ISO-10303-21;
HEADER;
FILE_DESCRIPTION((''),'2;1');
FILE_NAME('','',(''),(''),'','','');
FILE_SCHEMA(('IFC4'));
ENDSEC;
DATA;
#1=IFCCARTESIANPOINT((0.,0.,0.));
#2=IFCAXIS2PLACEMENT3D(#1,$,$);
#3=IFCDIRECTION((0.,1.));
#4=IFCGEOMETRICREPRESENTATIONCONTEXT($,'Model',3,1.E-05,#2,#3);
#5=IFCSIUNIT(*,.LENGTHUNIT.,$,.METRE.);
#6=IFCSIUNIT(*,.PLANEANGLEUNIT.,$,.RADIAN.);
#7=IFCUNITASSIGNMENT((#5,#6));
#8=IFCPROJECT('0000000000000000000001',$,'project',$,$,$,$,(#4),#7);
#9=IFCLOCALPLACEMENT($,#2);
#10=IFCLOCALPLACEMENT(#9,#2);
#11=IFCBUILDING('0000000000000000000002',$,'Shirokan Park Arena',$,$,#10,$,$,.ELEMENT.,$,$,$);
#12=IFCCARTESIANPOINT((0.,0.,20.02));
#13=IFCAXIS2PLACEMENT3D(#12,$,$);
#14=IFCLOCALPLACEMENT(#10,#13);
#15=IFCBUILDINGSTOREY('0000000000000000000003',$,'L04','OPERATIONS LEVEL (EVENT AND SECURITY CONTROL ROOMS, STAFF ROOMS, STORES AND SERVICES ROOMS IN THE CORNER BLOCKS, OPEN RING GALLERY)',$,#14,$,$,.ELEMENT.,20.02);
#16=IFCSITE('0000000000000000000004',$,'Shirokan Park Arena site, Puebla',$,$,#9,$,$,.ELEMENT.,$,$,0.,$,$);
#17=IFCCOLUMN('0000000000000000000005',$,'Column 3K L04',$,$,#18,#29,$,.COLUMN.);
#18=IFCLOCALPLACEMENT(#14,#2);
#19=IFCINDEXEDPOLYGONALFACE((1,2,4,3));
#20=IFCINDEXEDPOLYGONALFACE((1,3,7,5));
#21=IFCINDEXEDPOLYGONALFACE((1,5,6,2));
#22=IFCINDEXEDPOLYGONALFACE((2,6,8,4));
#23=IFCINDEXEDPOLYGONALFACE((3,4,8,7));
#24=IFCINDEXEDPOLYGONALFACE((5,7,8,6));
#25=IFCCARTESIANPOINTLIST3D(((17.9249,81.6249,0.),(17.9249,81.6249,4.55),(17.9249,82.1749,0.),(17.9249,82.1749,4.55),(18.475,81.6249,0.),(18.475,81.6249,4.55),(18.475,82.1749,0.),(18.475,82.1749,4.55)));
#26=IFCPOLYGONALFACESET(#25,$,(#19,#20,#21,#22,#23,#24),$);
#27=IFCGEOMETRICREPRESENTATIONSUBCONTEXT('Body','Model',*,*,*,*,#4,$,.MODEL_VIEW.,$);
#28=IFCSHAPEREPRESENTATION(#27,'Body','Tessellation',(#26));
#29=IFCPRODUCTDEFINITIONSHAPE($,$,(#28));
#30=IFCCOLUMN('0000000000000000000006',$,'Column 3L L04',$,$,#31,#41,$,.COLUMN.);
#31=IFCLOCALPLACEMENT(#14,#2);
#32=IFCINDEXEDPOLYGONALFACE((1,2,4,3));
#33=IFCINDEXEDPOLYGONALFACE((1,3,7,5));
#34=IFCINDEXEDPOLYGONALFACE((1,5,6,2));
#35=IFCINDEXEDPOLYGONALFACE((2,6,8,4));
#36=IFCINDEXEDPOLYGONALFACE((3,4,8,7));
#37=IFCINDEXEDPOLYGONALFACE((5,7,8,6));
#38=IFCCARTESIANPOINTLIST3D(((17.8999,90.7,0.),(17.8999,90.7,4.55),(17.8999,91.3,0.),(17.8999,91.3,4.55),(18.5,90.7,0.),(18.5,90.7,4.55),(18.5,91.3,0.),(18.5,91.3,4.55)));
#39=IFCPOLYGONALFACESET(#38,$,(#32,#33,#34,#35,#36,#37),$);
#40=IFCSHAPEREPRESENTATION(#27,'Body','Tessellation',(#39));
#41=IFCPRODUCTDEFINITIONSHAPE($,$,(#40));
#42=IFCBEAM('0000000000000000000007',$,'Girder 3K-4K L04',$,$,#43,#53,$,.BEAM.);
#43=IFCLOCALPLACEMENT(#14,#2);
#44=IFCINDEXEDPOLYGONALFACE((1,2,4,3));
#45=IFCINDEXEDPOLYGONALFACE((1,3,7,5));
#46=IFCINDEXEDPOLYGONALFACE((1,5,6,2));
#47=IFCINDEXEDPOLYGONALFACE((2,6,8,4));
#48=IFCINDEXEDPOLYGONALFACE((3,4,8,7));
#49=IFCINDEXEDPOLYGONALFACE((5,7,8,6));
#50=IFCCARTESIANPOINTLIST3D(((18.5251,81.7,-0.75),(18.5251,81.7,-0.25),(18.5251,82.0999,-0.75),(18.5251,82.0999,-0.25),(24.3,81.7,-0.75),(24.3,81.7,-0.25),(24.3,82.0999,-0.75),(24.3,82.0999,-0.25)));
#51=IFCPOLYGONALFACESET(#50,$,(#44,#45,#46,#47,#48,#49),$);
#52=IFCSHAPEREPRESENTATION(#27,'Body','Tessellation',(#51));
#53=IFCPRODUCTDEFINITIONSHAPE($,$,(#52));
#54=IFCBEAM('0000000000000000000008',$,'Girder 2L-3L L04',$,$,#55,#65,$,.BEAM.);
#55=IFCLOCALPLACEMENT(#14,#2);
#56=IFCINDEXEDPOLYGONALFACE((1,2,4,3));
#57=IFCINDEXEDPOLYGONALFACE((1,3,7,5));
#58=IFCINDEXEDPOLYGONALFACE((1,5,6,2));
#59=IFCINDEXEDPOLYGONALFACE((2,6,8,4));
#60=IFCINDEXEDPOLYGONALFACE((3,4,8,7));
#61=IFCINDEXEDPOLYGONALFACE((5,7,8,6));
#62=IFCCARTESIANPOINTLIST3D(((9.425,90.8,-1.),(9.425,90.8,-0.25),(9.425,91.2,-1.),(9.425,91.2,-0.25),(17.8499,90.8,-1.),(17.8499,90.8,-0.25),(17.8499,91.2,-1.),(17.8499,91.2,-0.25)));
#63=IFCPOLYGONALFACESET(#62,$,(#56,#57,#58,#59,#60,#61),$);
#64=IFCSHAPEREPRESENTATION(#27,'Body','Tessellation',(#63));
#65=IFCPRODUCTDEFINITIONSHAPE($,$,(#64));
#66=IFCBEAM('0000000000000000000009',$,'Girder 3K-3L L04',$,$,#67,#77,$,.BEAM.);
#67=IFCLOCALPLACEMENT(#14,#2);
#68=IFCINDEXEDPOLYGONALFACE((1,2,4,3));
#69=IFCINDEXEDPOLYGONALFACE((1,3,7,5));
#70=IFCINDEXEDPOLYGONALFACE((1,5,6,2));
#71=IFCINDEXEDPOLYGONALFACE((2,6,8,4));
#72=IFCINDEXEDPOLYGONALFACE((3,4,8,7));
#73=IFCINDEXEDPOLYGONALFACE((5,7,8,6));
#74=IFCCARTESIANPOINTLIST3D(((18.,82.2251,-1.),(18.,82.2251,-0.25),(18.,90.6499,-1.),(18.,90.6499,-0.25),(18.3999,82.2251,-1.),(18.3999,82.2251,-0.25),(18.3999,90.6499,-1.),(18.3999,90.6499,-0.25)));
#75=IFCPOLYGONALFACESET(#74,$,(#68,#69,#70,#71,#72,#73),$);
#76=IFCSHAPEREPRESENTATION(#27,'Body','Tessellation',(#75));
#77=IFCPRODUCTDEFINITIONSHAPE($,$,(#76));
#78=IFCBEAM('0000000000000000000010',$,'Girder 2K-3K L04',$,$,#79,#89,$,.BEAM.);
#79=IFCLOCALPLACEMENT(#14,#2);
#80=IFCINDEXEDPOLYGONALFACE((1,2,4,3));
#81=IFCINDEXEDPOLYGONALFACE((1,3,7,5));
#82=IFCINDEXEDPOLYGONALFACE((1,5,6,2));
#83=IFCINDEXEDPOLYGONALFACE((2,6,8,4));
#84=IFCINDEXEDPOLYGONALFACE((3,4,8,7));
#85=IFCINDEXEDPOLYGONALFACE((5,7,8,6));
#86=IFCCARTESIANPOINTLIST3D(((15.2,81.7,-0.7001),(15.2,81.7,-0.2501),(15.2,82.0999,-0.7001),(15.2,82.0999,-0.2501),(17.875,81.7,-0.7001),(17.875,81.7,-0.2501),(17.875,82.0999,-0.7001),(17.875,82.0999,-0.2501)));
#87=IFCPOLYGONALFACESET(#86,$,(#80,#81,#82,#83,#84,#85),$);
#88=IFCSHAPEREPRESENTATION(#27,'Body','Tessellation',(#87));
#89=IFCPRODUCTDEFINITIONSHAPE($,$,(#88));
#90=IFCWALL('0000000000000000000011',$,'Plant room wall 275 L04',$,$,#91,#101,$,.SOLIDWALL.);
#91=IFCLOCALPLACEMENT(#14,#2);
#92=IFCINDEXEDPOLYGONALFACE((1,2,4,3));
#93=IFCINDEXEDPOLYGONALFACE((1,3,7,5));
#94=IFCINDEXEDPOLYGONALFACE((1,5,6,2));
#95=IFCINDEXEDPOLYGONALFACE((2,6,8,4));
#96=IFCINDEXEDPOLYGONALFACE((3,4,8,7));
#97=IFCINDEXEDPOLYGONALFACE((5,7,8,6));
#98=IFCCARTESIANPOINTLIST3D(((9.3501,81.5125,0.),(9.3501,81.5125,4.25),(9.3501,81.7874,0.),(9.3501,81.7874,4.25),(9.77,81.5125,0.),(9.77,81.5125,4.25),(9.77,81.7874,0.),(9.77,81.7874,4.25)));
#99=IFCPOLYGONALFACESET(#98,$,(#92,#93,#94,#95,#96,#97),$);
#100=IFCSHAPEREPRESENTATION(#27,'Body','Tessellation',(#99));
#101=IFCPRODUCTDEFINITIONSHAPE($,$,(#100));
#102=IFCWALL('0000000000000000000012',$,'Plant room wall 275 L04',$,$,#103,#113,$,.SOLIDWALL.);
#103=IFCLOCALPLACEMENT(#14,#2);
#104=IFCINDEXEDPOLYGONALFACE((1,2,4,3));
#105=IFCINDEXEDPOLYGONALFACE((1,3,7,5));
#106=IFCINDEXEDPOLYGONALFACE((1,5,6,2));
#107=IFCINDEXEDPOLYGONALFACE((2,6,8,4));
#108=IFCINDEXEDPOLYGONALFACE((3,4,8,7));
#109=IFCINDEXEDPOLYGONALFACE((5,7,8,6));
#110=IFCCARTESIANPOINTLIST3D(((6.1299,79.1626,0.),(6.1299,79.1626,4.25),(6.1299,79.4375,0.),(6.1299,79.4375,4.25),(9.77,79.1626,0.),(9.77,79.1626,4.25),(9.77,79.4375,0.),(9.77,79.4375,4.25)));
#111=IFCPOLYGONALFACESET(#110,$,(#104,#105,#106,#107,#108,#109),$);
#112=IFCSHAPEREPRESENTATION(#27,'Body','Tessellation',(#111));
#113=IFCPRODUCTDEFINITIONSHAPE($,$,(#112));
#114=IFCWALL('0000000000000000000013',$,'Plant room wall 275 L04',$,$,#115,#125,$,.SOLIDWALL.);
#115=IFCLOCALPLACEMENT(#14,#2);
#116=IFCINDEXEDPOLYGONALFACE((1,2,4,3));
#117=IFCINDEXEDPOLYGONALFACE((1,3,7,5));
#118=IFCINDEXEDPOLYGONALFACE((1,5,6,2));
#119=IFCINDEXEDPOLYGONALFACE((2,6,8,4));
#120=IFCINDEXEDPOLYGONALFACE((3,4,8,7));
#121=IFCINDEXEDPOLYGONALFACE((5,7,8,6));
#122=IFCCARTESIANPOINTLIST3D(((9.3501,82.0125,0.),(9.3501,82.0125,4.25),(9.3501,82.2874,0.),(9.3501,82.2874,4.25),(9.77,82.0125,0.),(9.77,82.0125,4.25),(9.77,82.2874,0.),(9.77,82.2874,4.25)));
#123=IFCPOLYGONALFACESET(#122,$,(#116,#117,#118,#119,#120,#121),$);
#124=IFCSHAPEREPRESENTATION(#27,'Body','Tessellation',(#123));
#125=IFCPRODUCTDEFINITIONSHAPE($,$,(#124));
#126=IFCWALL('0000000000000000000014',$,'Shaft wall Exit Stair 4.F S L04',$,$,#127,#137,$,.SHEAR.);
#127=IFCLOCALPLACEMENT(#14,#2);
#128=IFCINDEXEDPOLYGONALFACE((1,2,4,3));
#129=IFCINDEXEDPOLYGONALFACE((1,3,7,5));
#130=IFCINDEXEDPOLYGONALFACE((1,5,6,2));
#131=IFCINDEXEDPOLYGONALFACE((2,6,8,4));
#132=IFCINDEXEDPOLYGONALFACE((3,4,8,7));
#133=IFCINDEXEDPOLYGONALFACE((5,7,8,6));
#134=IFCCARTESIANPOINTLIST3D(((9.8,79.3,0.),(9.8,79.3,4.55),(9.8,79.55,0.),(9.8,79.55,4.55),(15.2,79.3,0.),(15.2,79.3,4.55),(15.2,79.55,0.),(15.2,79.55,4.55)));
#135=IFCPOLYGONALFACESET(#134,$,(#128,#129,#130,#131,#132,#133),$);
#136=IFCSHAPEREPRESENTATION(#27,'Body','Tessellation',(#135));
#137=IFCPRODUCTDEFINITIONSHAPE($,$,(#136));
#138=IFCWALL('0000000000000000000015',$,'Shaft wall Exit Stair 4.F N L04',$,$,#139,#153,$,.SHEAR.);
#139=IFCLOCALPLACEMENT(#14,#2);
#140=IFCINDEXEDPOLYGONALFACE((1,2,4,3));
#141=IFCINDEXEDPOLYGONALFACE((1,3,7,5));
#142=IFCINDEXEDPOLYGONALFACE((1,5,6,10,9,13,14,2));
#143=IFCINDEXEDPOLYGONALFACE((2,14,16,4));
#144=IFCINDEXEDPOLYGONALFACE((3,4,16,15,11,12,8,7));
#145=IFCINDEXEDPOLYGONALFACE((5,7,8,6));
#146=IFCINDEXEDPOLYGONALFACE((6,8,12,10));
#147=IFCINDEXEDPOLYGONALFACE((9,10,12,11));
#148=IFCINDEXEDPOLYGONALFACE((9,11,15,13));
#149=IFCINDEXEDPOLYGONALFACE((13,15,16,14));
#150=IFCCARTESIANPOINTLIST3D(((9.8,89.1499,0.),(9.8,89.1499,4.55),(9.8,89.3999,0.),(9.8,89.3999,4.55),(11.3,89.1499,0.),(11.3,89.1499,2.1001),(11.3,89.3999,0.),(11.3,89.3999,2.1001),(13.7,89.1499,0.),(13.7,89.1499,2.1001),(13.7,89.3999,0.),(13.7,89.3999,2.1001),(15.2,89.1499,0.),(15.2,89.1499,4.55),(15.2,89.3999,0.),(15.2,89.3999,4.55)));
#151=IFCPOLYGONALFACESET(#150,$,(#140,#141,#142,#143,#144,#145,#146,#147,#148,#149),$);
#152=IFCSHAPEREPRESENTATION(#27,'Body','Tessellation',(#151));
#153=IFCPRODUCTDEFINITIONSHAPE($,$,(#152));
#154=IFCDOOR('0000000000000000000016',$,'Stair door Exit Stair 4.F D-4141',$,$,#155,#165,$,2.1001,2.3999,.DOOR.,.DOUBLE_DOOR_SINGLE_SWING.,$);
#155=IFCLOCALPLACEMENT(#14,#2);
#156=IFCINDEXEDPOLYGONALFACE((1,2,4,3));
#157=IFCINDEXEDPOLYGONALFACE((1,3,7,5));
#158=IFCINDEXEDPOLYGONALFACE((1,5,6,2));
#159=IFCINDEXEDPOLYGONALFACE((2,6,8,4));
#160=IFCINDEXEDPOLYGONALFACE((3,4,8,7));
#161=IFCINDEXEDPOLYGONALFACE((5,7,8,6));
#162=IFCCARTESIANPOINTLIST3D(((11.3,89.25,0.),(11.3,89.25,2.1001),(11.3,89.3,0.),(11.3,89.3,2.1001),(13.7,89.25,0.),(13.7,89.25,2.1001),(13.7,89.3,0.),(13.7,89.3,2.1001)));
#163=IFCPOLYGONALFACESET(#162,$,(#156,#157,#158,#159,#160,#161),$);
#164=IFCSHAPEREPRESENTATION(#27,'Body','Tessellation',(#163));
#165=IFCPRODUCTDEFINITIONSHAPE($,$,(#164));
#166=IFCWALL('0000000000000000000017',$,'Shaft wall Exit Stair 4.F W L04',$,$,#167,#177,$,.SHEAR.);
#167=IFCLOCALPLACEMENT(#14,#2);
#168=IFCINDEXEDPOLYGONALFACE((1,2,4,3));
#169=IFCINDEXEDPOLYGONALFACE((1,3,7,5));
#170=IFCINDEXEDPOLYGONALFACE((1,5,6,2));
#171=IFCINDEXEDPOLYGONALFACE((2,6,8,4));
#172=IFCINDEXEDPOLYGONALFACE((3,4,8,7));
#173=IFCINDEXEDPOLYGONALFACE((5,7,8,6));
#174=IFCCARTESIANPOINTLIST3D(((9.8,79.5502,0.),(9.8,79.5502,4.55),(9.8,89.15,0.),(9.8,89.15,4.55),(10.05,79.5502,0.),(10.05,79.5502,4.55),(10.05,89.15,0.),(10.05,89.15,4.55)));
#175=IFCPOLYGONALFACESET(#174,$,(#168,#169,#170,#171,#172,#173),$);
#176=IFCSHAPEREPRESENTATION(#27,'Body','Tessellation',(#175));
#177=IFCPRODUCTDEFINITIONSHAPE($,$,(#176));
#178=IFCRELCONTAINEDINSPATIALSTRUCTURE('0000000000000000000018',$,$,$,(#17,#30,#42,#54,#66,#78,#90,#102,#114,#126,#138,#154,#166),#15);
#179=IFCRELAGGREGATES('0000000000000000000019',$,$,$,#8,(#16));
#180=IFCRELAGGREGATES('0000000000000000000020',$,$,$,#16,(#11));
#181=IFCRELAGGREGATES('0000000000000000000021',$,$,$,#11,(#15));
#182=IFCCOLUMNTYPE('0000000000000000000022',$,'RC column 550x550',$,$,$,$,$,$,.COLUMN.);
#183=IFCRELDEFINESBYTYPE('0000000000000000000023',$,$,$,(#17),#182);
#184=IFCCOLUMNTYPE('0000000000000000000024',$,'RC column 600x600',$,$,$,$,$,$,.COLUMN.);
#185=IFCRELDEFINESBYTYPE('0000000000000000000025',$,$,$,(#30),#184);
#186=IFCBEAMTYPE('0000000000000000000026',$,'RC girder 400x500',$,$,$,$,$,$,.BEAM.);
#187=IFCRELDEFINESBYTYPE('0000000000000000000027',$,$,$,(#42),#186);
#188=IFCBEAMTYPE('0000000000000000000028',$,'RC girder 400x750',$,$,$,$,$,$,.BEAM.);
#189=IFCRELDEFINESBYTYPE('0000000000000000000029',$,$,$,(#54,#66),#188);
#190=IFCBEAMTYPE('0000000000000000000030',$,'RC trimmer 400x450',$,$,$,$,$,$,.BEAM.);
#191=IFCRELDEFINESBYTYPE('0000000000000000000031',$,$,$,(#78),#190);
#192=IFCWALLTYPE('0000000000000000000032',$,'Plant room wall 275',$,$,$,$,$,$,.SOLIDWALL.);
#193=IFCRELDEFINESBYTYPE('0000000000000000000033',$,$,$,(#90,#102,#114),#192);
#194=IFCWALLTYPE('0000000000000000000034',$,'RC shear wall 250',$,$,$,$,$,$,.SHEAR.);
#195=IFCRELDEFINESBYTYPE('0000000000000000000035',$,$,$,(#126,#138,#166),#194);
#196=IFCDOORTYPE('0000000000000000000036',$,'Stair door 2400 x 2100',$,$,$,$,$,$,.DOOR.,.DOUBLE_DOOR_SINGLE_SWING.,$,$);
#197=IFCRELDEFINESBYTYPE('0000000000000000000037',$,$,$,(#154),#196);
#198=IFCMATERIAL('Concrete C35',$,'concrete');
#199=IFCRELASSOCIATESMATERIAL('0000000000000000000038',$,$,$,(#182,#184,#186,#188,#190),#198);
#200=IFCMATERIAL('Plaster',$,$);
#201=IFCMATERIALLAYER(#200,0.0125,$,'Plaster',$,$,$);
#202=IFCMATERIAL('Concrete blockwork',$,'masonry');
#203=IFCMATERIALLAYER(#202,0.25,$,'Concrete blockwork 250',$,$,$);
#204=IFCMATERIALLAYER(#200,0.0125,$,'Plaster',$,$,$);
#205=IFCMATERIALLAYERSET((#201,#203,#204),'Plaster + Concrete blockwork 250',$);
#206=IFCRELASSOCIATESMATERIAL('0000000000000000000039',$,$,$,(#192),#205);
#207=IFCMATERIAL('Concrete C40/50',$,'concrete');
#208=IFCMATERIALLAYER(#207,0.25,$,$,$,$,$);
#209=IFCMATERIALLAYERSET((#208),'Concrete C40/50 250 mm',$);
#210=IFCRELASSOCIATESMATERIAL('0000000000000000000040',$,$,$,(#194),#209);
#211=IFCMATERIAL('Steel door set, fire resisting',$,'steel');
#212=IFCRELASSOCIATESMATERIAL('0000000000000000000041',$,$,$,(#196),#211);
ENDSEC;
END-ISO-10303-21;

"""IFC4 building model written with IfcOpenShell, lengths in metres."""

from ifc_helpers import new_model, si_unit, direction, frame, frame_2d, origin, origin_2d, place, context, subcontext, project, spatial, rectangle, extrude, material, layer, layer_set, material_profile, profile_set, type_object, element, fill, save


model = new_model("IFC4")

# Units and contexts
model_context = context("Model", 3, precision=1e-05, world=origin(), true_north=direction((0.0, 1.0)))
body_context = subcontext(model_context, "Body", "Model", "MODEL_VIEW")
ifc_project = project(units=[si_unit("LENGTHUNIT", "METRE"), si_unit("PLANEANGLEUNIT", "RADIAN")], contexts=[model_context])

# Site, building, storey
site_placement = place(None, origin())
site = spatial("IfcSite", under=ifc_project, at=site_placement, Name="Shirokan Park Arena site, Puebla", CompositionType="ELEMENT", RefElevation=0.0)
building_placement = place(site_placement, origin())
building = spatial("IfcBuilding", under=site, at=building_placement, Name="Shirokan Park Arena", CompositionType="ELEMENT")
storey_placement = place(building_placement, frame((0.0, 0.0, 20.02)))
storey = spatial("IfcBuildingStorey", under=building, at=storey_placement, Name="L04", Description="OPERATIONS LEVEL (EVENT AND SECURITY CONTROL ROOMS, STAFF ROOMS, STORES AND SERVICES ROOMS IN THE CORNER BLOCKS, OPEN RING GALLERY)", CompositionType="ELEMENT", Elevation=20.02)

# Columns
ifc_material_1 = material(Name="Concrete C35", Category="concrete")
ifc_material_profile_1 = material_profile(ifc_material_1, rectangle(XDim=0.55, YDim=0.55, at=origin_2d()), Name="550x550")
ifc_profile_set_1 = profile_set([ifc_material_profile_1], Name="Concrete C35")
column_type_1 = type_object("IfcColumnType", Name="RC column 550x550", PredefinedType="COLUMN", material=ifc_profile_set_1)
column_1_placement = place(storey_placement, frame((18.2, 81.8999, 0.0), z_axis=(0.0, 0.0, 1.0), x_axis=(1.0, 0.0, 0.0)))
element("IfcColumn", 1, at=column_1_placement, inside=storey, type_object=column_type_1, Name="Column 3K L04", PredefinedType="COLUMN", context=body_context, shape_type="SweptSolid", body=[
    extrude(rectangle(XDim=0.55, YDim=0.55, at=origin_2d()), origin(), (0.0, 0.0, 1.0), 4.55),
])
ifc_material_profile_2 = material_profile(ifc_material_1, rectangle(XDim=0.6001, YDim=0.6001, at=origin_2d()), Name="600x600")
ifc_profile_set_2 = profile_set([ifc_material_profile_2], Name="Concrete C35")
column_type_2 = type_object("IfcColumnType", Name="RC column 600x600", PredefinedType="COLUMN", material=ifc_profile_set_2)
column_2_placement = place(storey_placement, frame((18.2, 91.0, 0.0), z_axis=(0.0, 0.0, 1.0), x_axis=(1.0, 0.0, 0.0)))
element("IfcColumn", 2, at=column_2_placement, inside=storey, type_object=column_type_2, Name="Column 3L L04", PredefinedType="COLUMN", context=body_context, shape_type="SweptSolid", body=[
    extrude(rectangle(XDim=0.6001, YDim=0.6001, at=origin_2d()), origin(), (0.0, 0.0, 1.0), 4.55),
])

# Beams
ifc_material_profile_3 = material_profile(ifc_material_1, rectangle(XDim=0.3999, YDim=0.5, at=origin_2d()), Name="400x500")
ifc_profile_set_3 = profile_set([ifc_material_profile_3], Name="Concrete C35")
beam_type_1 = type_object("IfcBeamType", Name="RC girder 400x500", PredefinedType="BEAM", material=ifc_profile_set_3)
beam_1_placement = place(storey_placement, frame((18.5251, 81.8999, -0.5), z_axis=(1.0, 0.0, 0.0), x_axis=(0.0, 1.0, 0.0)))
element("IfcBeam", 3, at=beam_1_placement, inside=storey, type_object=beam_type_1, Name="Girder 3K-4K L04", PredefinedType="BEAM", context=body_context, shape_type="SweptSolid", body=[
    extrude(rectangle(XDim=0.3999, YDim=0.5, at=origin_2d()), origin(), (0.0, 0.0, 1.0), 5.7749),
])
ifc_material_profile_4 = material_profile(ifc_material_1, rectangle(XDim=0.3999, YDim=0.75, at=origin_2d()), Name="400x750")
ifc_profile_set_4 = profile_set([ifc_material_profile_4], Name="Concrete C35")
beam_type_2 = type_object("IfcBeamType", Name="RC girder 400x750", PredefinedType="BEAM", material=ifc_profile_set_4)
for number, where, z_axis, x_axis, name in (
    (4, (9.425, 91.0, -0.625), (1.0, 0.0, 0.0), (0.0, 1.0, 0.0), "Girder 2L-3L L04"),
    (5, (18.2, 82.2251, -0.625), (0.0, 1.0, 0.0), (-1.0, 0.0, 0.0), "Girder 3K-3L L04"),
):
    element("IfcBeam", number, at=place(storey_placement, frame(where, z_axis=z_axis, x_axis=x_axis)), inside=storey, type_object=beam_type_2, Name=name, PredefinedType="BEAM", context=body_context, shape_type="SweptSolid", body=[
        extrude(rectangle(XDim=0.3999, YDim=0.75, at=origin_2d()), origin(), (0.0, 0.0, 1.0), 8.4248),
    ])
ifc_material_profile_5 = material_profile(ifc_material_1, rectangle(XDim=0.3999, YDim=0.45, at=origin_2d()), Name="400x450")
ifc_profile_set_5 = profile_set([ifc_material_profile_5], Name="Concrete C35")
beam_type_3 = type_object("IfcBeamType", Name="RC trimmer 400x450", PredefinedType="BEAM", material=ifc_profile_set_5)
beam_2_placement = place(storey_placement, frame((15.2, 81.8999, -0.4751), z_axis=(1.0, 0.0, 0.0), x_axis=(0.0, 1.0, 0.0)))
element("IfcBeam", 6, at=beam_2_placement, inside=storey, type_object=beam_type_3, Name="Girder 2K-3K L04", PredefinedType="BEAM", context=body_context, shape_type="SweptSolid", body=[
    extrude(rectangle(XDim=0.3999, YDim=0.45, at=origin_2d()), origin(), (0.0, 0.0, 1.0), 2.675),
])

# Shared definitions
ifc_material_2 = material(Name="Steel door set, fire resisting", Category="steel")

# Walls
ifc_material_3 = material(Name="Plaster")
ifc_layer_1 = layer(ifc_material_3, 0.0125, Name="Plaster")
ifc_material_4 = material(Name="Concrete blockwork", Category="masonry")
ifc_layer_2 = layer(ifc_material_4, 0.25, Name="Concrete blockwork 250")
ifc_layer_3 = layer(ifc_material_3, 0.0125, Name="Plaster")
ifc_layer_set_1 = layer_set([ifc_layer_1, ifc_layer_2, ifc_layer_3], Name="Plaster + Concrete blockwork 250")
wall_type_1 = type_object("IfcWallType", Name="Plant room wall 275", PredefinedType="SOLIDWALL", material=ifc_layer_set_1)
wall_1_placement = place(storey_placement, frame((9.3501, 81.6499, 0.0), z_axis=(0.0, 0.0, 1.0), x_axis=(1.0, 0.0, 0.0)))
element("IfcWall", 7, at=wall_1_placement, inside=storey, type_object=wall_type_1, Name="Plant room wall 275 L04", PredefinedType="SOLIDWALL", context=body_context, shape_type="SweptSolid", body=[
    extrude(rectangle(XDim=0.4199, YDim=0.2749, at=frame_2d((0.21, 0.0))), origin(), (0.0, 0.0, 1.0), 4.25),
])
wall_2_placement = place(storey_placement, frame((9.77, 79.3, 0.0), z_axis=(0.0, 0.0, 1.0), x_axis=(-1.0, 0.0, 0.0)))
element("IfcWall", 8, at=wall_2_placement, inside=storey, type_object=wall_type_1, Name="Plant room wall 275 L04", PredefinedType="SOLIDWALL", context=body_context, shape_type="SweptSolid", body=[
    extrude(rectangle(XDim=3.6401, YDim=0.2749, at=frame_2d((1.8201, 0.0))), origin(), (0.0, 0.0, 1.0), 4.25),
])
wall_3_placement = place(storey_placement, frame((9.77, 82.1499, 0.0), z_axis=(0.0, 0.0, 1.0), x_axis=(-1.0, 0.0, 0.0)))
element("IfcWall", 9, at=wall_3_placement, inside=storey, type_object=wall_type_1, Name="Plant room wall 275 L04", PredefinedType="SOLIDWALL", context=body_context, shape_type="SweptSolid", body=[
    extrude(rectangle(XDim=0.4199, YDim=0.2749, at=frame_2d((0.21, 0.0))), origin(), (0.0, 0.0, 1.0), 4.25),
])
ifc_material_5 = material(Name="Concrete C40/50", Category="concrete")
ifc_layer_4 = layer(ifc_material_5, 0.25)
ifc_layer_set_2 = layer_set([ifc_layer_4], Name="Concrete C40/50 250 mm")
wall_type_2 = type_object("IfcWallType", Name="RC shear wall 250", PredefinedType="SHEAR", material=ifc_layer_set_2)
wall_4_placement = place(storey_placement, frame((15.2, 79.425, 0.0), z_axis=(0.0, 0.0, 1.0), x_axis=(-1.0, 0.0, 0.0)))
element("IfcWall", 10, at=wall_4_placement, inside=storey, type_object=wall_type_2, Name="Shaft wall Exit Stair 4.F S L04", PredefinedType="SHEAR", context=body_context, shape_type="SweptSolid", body=[
    extrude(rectangle(XDim=5.3999, YDim=0.25, at=frame_2d((2.7, 0.0))), origin(), (0.0, 0.0, 1.0), 4.55),
])

# Wall, opening, door
wall_5_placement = place(storey_placement, frame((15.2, 89.2749, 0.0), z_axis=(0.0, 0.0, 1.0), x_axis=(-1.0, 0.0, 0.0)))
wall_5 = element("IfcWall", 11, at=wall_5_placement, inside=storey, type_object=wall_type_2, Name="Shaft wall Exit Stair 4.F N L04", PredefinedType="SHEAR", context=body_context, shape_type="SweptSolid", body=[
    extrude(rectangle(XDim=5.3999, YDim=0.25, at=frame_2d((2.7, 0.0))), origin(), (0.0, 0.0, 1.0), 4.55),
])
opening_1_placement = place(wall_5_placement, frame((1.5, 0.0, 0.0)))
opening_1 = element("IfcOpeningElement", 12, at=opening_1_placement, cuts=wall_5, PredefinedType="OPENING", context=body_context, shape_type="SweptSolid", body=[
    extrude(rectangle(XDim=2.3999, YDim=2.1001, at=frame_2d((1.2, 1.05))), frame((0.0, 0.135, 0.0), z_axis=(0.0, -1.0, 0.0), x_axis=(1.0, 0.0, 0.0)), (0.0, 0.0, 1.0), 0.27),
])
door_type_1 = type_object("IfcDoorType", Name="Stair door 2400 x 2100", OperationType="DOUBLE_DOOR_SINGLE_SWING", PredefinedType="DOOR", material=ifc_material_2)
door_1_placement = place(opening_1_placement, origin())
door_1 = element("IfcDoor", 13, at=door_1_placement, inside=storey, type_object=door_type_1, Name="Stair door Exit Stair 4.F D-4141", OperationType="DOUBLE_DOOR_SINGLE_SWING", OverallHeight=2.1001, OverallWidth=2.3999, PredefinedType="DOOR", context=body_context, shape_type="SweptSolid", body=[
    extrude(rectangle(XDim=2.3999, YDim=2.1001, at=frame_2d((1.2, 1.05))), frame((0.0, 0.0249, 0.0), z_axis=(0.0, -1.0, 0.0), x_axis=(1.0, 0.0, 0.0)), (0.0, 0.0, 1.0), 0.05),
])
fill(opening_1, door_1)

# Wall
for number, where, z_axis, x_axis, name in (
    (14, (9.925, 89.1499, 0.0), (0.0, 0.0, 1.0), (0.0, -1.0, 0.0), "Shaft wall Exit Stair 4.F W L04"),
):
    element("IfcWall", number, at=place(storey_placement, frame(where, z_axis=z_axis, x_axis=x_axis)), inside=storey, type_object=wall_type_2, Name=name, PredefinedType="SHEAR", context=body_context, shape_type="SweptSolid", body=[
        extrude(rectangle(XDim=9.5999, YDim=0.25, at=frame_2d((4.7998, 0.0))), origin(), (0.0, 0.0, 1.0), 4.55),
    ])

save(model, "model.ifc")
